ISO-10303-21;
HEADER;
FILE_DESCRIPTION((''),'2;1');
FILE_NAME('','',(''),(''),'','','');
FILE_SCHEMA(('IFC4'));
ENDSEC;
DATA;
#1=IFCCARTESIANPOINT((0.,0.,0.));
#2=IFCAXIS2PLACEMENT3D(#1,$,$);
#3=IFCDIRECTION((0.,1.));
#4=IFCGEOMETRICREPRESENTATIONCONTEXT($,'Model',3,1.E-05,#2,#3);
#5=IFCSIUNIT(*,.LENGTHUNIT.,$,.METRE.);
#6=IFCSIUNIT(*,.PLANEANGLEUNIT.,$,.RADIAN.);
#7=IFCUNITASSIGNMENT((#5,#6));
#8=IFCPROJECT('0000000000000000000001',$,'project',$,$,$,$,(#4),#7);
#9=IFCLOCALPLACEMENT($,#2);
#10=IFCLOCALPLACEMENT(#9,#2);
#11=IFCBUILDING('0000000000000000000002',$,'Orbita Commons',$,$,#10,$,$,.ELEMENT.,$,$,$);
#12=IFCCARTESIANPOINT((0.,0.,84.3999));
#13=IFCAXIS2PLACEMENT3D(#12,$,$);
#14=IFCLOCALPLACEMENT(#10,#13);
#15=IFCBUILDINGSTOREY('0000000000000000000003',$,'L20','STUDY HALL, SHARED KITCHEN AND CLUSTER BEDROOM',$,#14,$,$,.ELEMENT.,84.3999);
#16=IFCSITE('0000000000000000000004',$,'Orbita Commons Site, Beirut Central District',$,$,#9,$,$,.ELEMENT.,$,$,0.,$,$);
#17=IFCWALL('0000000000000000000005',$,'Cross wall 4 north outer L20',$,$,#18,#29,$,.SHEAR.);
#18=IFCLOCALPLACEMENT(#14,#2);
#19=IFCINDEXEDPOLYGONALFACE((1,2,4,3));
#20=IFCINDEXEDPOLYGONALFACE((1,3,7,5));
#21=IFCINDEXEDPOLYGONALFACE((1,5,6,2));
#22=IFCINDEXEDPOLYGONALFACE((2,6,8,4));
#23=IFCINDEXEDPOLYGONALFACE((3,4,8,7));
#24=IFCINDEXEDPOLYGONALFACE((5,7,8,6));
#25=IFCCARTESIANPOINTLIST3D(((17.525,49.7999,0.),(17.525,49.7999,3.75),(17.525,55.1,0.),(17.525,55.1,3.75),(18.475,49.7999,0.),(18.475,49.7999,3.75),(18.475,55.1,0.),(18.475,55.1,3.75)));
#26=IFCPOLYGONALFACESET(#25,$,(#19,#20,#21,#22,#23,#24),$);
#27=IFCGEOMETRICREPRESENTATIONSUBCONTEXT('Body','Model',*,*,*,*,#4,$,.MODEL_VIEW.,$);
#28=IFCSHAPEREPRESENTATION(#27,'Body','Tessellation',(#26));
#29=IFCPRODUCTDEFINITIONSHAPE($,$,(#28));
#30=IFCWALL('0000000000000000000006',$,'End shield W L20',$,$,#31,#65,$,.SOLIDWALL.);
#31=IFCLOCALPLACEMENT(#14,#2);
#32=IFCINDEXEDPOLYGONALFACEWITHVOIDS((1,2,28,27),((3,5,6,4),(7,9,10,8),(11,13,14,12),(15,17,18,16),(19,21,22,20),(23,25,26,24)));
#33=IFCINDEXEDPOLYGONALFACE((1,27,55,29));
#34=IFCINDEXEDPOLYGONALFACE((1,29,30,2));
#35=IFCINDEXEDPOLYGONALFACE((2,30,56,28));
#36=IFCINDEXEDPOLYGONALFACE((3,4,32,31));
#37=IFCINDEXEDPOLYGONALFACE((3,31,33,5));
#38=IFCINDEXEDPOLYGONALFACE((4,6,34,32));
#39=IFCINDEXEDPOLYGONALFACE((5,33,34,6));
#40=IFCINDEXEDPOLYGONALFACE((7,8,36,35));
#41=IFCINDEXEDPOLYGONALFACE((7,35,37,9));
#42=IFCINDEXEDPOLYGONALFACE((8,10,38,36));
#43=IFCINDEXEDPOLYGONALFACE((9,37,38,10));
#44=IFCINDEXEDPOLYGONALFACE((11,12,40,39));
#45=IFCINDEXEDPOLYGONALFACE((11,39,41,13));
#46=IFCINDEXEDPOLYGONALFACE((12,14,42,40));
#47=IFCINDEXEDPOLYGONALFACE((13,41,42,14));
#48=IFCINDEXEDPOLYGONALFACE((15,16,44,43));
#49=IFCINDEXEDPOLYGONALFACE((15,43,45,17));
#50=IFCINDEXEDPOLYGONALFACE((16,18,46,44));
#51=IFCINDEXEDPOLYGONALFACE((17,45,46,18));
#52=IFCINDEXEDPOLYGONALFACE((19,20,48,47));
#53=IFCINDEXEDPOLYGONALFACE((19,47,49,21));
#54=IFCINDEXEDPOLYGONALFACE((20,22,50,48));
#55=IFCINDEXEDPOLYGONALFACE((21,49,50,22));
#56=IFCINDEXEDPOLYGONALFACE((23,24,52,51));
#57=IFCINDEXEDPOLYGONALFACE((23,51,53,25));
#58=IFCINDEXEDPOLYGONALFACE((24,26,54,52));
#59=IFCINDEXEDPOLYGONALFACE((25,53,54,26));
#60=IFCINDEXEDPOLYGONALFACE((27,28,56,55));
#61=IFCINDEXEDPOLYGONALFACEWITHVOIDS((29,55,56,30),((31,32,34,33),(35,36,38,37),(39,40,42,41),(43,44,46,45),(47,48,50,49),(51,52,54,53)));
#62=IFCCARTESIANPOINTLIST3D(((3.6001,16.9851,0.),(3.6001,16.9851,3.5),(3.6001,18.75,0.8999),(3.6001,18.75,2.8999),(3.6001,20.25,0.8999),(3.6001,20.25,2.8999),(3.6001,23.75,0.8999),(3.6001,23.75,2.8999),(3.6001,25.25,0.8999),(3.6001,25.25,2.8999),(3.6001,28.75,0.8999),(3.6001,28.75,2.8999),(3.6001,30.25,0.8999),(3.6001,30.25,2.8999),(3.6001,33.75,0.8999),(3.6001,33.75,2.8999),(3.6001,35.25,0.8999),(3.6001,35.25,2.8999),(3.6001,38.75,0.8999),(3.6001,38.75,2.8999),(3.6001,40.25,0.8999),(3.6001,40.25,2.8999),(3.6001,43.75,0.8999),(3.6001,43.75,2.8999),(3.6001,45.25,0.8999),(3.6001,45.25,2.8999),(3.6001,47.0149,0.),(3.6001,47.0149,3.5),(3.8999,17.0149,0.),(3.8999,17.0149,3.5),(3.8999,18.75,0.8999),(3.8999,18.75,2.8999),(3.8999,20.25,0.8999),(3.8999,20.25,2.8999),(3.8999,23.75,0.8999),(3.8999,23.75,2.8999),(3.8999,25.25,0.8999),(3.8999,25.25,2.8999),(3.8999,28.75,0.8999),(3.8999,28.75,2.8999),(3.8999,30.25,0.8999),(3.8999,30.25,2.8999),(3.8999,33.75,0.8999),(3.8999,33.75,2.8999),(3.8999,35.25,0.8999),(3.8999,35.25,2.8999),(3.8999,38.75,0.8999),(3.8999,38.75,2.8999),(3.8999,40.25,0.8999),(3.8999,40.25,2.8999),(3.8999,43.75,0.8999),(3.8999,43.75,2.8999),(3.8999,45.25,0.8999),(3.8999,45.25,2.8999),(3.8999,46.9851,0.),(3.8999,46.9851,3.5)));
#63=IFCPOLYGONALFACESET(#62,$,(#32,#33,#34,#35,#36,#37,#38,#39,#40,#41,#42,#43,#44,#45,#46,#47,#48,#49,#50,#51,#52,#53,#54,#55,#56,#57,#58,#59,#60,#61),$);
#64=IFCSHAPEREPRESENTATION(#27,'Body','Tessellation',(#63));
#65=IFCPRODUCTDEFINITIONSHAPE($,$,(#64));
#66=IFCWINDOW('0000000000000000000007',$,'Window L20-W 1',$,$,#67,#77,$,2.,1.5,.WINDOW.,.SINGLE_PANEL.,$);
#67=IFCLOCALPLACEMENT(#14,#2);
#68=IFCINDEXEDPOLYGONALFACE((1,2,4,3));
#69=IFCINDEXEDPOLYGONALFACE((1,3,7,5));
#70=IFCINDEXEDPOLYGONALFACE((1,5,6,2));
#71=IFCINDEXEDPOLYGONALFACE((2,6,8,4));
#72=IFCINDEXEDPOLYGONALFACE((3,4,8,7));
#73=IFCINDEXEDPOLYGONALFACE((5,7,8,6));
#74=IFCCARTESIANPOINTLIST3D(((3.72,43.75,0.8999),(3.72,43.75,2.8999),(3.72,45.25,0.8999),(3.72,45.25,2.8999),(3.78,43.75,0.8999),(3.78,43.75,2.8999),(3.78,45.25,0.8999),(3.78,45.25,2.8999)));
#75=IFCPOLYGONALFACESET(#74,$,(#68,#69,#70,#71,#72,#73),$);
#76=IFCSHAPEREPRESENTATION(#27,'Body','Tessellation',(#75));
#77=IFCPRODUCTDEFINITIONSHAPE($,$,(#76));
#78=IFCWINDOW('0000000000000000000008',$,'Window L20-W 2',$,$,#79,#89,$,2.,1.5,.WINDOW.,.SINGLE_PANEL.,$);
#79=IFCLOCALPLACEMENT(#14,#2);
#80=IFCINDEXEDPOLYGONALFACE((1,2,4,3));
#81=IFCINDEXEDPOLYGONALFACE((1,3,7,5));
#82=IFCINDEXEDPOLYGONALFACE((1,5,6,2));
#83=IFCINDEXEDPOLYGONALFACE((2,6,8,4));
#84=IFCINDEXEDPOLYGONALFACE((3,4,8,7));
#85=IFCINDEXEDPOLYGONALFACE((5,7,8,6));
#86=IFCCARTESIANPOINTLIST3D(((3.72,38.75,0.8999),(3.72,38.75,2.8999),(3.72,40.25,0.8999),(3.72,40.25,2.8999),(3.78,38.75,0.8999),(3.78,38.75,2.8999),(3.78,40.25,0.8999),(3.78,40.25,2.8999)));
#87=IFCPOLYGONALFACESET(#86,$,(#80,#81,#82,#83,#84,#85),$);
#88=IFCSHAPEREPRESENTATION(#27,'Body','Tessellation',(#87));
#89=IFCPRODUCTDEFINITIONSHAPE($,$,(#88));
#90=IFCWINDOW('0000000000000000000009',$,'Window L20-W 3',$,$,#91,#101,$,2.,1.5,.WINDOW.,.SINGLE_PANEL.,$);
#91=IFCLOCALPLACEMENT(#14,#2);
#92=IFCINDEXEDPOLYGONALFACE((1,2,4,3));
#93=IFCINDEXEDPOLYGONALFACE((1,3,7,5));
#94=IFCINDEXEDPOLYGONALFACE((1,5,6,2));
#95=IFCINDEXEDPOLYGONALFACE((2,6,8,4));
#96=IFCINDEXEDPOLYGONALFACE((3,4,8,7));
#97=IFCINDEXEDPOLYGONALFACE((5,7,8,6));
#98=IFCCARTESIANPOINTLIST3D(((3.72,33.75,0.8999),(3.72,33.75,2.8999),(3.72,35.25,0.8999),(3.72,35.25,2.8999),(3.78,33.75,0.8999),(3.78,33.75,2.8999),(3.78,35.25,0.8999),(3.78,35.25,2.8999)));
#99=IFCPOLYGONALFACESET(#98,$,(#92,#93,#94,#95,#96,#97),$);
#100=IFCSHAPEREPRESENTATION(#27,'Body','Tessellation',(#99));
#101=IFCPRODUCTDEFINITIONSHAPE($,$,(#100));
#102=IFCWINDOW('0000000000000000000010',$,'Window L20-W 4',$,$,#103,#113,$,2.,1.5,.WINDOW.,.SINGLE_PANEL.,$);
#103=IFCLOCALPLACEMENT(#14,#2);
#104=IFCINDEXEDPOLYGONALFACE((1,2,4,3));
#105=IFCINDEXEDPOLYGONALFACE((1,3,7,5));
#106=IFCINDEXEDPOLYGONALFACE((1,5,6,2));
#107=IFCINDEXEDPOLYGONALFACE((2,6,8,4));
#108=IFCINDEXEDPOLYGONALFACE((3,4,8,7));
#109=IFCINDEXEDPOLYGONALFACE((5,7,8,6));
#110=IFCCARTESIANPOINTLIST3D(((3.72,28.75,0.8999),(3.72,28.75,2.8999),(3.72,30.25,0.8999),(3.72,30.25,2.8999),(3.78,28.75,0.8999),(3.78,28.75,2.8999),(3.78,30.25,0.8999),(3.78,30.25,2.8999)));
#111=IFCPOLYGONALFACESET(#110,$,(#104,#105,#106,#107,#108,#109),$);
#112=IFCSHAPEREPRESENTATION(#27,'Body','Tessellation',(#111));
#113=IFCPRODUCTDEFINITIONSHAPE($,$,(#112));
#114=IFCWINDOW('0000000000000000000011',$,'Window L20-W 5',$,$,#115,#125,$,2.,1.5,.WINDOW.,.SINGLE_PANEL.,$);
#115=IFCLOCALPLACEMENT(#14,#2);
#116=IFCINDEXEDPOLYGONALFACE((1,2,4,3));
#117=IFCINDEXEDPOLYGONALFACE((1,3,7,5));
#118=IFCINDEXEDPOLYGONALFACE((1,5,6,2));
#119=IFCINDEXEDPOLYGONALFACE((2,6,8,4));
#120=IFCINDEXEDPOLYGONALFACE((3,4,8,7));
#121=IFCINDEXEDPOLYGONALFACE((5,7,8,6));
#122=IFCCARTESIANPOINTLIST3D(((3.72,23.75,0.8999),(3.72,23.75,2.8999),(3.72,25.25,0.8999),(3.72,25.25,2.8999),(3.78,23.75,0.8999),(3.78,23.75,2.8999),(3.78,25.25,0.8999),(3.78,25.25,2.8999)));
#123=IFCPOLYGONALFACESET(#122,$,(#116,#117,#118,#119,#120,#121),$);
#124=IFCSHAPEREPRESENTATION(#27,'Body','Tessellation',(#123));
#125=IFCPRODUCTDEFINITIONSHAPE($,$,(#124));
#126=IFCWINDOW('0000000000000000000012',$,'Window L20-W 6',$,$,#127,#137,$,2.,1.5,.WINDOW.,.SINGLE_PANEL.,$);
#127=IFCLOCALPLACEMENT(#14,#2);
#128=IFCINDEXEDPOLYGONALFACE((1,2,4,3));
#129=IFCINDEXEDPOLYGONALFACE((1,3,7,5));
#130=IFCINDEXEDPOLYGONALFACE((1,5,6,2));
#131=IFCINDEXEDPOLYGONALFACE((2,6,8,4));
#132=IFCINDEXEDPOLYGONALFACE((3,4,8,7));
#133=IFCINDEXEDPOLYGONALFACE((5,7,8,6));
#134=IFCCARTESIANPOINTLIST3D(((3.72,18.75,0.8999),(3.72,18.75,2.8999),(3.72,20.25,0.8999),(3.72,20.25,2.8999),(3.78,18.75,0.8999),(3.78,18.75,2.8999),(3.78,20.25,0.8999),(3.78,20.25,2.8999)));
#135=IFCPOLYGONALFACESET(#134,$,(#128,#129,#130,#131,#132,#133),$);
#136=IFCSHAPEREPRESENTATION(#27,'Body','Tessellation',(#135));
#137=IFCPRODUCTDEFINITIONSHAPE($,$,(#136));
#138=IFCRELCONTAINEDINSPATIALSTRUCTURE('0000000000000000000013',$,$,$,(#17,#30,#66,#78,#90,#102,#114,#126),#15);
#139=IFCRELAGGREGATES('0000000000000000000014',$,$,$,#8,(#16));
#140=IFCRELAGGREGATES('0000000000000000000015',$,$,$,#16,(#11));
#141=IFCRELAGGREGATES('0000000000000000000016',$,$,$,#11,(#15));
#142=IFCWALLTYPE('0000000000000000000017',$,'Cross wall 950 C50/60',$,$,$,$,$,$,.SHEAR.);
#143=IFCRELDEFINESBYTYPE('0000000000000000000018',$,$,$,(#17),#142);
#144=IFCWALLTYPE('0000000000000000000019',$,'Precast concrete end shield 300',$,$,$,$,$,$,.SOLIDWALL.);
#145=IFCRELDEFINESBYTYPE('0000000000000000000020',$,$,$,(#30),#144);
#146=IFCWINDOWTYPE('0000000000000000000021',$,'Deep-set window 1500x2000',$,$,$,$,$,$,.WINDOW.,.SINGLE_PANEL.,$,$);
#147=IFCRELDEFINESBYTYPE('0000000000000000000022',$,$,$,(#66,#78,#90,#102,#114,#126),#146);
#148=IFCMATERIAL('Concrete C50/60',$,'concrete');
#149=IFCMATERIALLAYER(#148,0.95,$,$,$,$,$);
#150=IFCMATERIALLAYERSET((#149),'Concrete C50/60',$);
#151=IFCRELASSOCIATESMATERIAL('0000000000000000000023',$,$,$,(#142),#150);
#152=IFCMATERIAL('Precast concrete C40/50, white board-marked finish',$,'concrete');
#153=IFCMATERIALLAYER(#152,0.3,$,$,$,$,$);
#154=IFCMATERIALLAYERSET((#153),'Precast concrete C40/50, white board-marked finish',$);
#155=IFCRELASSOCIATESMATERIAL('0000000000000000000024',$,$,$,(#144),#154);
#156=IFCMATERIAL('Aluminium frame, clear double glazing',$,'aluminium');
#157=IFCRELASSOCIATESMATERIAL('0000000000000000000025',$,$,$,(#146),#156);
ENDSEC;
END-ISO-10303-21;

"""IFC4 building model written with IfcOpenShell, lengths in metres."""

from ifc_helpers import new_model, si_unit, direction, frame, frame_2d, origin, place, context, subcontext, project, spatial, polyline, rectangle, outline, extrude, material, layer, layer_set, type_object, element, fill, save


model = new_model("IFC4")

# Units and contexts
model_context = context("Model", 3, precision=1e-05, world=origin(), true_north=direction((0.0, 1.0)))
body_context = subcontext(model_context, "Body", "Model", "MODEL_VIEW")
ifc_project = project(units=[si_unit("LENGTHUNIT", "METRE"), si_unit("PLANEANGLEUNIT", "RADIAN")], contexts=[model_context])

# Site, building, storey
site_placement = place(None, origin())
site = spatial("IfcSite", under=ifc_project, at=site_placement, Name="Orbita Commons Site, Beirut Central District", CompositionType="ELEMENT", RefElevation=0.0)
building_placement = place(site_placement, origin())
building = spatial("IfcBuilding", under=site, at=building_placement, Name="Orbita Commons", CompositionType="ELEMENT")
storey_placement = place(building_placement, frame((0.0, 0.0, 84.3999)))
storey = spatial("IfcBuildingStorey", under=building, at=storey_placement, Name="L20", Description="STUDY HALL, SHARED KITCHEN AND CLUSTER BEDROOM", CompositionType="ELEMENT", Elevation=84.3999)

# Wall
ifc_material_1 = material(Name="Concrete C50/60", Category="concrete")
ifc_layer_1 = layer(ifc_material_1, 0.95)
ifc_layer_set_1 = layer_set([ifc_layer_1], Name="Concrete C50/60")
wall_type_1 = type_object("IfcWallType", Name="Cross wall 950 C50/60", PredefinedType="SHEAR", material=ifc_layer_set_1)
for number, where, z_axis, x_axis, name in (
    (1, (18.0, 49.8, 0.0), (0.0, 0.0, 1.0), (0.0, 1.0, 0.0), "Cross wall 4 north outer L20"),
):
    element("IfcWall", number, at=place(storey_placement, frame(where, z_axis=z_axis, x_axis=x_axis)), inside=storey, type_object=wall_type_1, Name=name, PredefinedType="SHEAR", context=body_context, shape_type="SweptSolid", body=[
        extrude(rectangle(XDim=5.3, YDim=0.95, at=frame_2d((2.6499, 0.0))), origin(), (0.0, 0.0, 1.0), 3.75),
    ])

# Wall, openings, windows
ifc_material_2 = material(Name="Precast concrete C40/50, white board-marked finish", Category="concrete")
ifc_layer_2 = layer(ifc_material_2, 0.3)
ifc_layer_set_2 = layer_set([ifc_layer_2], Name="Precast concrete C40/50, white board-marked finish")
wall_type_2 = type_object("IfcWallType", Name="Precast concrete end shield 300", PredefinedType="SOLIDWALL", material=ifc_layer_set_2)
wall_1_placement = place(storey_placement, frame((3.75, 47.0, 0.0), z_axis=(0.0, 0.0, 1.0), x_axis=(0.0, -1.0, 0.0)))
wall_1 = element("IfcWall", 2, at=wall_1_placement, inside=storey, type_object=wall_type_2, Name="End shield W L20", PredefinedType="SOLIDWALL", context=body_context, shape_type="SweptSolid", body=[
    extrude(outline(polyline([(-0.0149, -0.1499), (30.0149, -0.1499), (29.9851, 0.1499), (0.0149, 0.1499), (-0.0149, -0.1499)])), origin(), (0.0, 0.0, 1.0), 3.5),
])
opening_1_placement = place(wall_1_placement, frame((1.75, 0.0, 0.8999)))
opening_1 = element("IfcOpeningElement", 3, at=opening_1_placement, cuts=wall_1, PredefinedType="OPENING", context=body_context, shape_type="SweptSolid", body=[
    extrude(rectangle(XDim=1.5, YDim=2.0, at=frame_2d((0.75, 1.0))), frame((0.0, 0.1599, 0.0), z_axis=(0.0, -1.0, 0.0), x_axis=(1.0, 0.0, 0.0)), (0.0, 0.0, 1.0), 0.3201),
])
opening_2_placement = place(wall_1_placement, frame((6.75, 0.0, 0.8999)))
opening_2 = element("IfcOpeningElement", 4, at=opening_2_placement, cuts=wall_1, PredefinedType="OPENING", context=body_context, shape_type="SweptSolid", body=[
    extrude(rectangle(XDim=1.5, YDim=2.0, at=frame_2d((0.75, 1.0))), frame((0.0, 0.1599, 0.0), z_axis=(0.0, -1.0, 0.0), x_axis=(1.0, 0.0, 0.0)), (0.0, 0.0, 1.0), 0.3201),
])
opening_3_placement = place(wall_1_placement, frame((11.75, 0.0, 0.8999)))
opening_3 = element("IfcOpeningElement", 5, at=opening_3_placement, cuts=wall_1, PredefinedType="OPENING", context=body_context, shape_type="SweptSolid", body=[
    extrude(rectangle(XDim=1.5, YDim=2.0, at=frame_2d((0.75, 1.0))), frame((0.0, 0.1599, 0.0), z_axis=(0.0, -1.0, 0.0), x_axis=(1.0, 0.0, 0.0)), (0.0, 0.0, 1.0), 0.3201),
])
opening_4_placement = place(wall_1_placement, frame((16.75, 0.0, 0.8999)))
opening_4 = element("IfcOpeningElement", 6, at=opening_4_placement, cuts=wall_1, PredefinedType="OPENING", context=body_context, shape_type="SweptSolid", body=[
    extrude(rectangle(XDim=1.5, YDim=2.0, at=frame_2d((0.75, 1.0))), frame((0.0, 0.1599, 0.0), z_axis=(0.0, -1.0, 0.0), x_axis=(1.0, 0.0, 0.0)), (0.0, 0.0, 1.0), 0.3201),
])
opening_5_placement = place(wall_1_placement, frame((21.75, 0.0, 0.8999)))
opening_5 = element("IfcOpeningElement", 7, at=opening_5_placement, cuts=wall_1, PredefinedType="OPENING", context=body_context, shape_type="SweptSolid", body=[
    extrude(rectangle(XDim=1.5, YDim=2.0, at=frame_2d((0.75, 1.0))), frame((0.0, 0.1599, 0.0), z_axis=(0.0, -1.0, 0.0), x_axis=(1.0, 0.0, 0.0)), (0.0, 0.0, 1.0), 0.3201),
])
opening_6_placement = place(wall_1_placement, frame((26.75, 0.0, 0.8999)))
opening_6 = element("IfcOpeningElement", 8, at=opening_6_placement, cuts=wall_1, PredefinedType="OPENING", context=body_context, shape_type="SweptSolid", body=[
    extrude(rectangle(XDim=1.5, YDim=2.0, at=frame_2d((0.75, 1.0))), frame((0.0, 0.1599, 0.0), z_axis=(0.0, -1.0, 0.0), x_axis=(1.0, 0.0, 0.0)), (0.0, 0.0, 1.0), 0.3201),
])
ifc_material_3 = material(Name="Aluminium frame, clear double glazing", Category="aluminium")
window_type = type_object("IfcWindowType", Name="Deep-set window 1500x2000", PartitioningType="SINGLE_PANEL", PredefinedType="WINDOW", material=ifc_material_3)
window_1_placement = place(opening_1_placement, origin())
window_1 = element("IfcWindow", 9, at=window_1_placement, inside=storey, type_object=window_type, Name="Window L20-W 1", OverallHeight=2.0, OverallWidth=1.5, PartitioningType="SINGLE_PANEL", PredefinedType="WINDOW", context=body_context, shape_type="SweptSolid", body=[
    extrude(rectangle(XDim=1.5, YDim=2.0, at=frame_2d((0.75, 1.0))), frame((0.0, 0.03, 0.0), z_axis=(0.0, -1.0, 0.0), x_axis=(1.0, 0.0, 0.0)), (0.0, 0.0, 1.0), 0.0601),
])
fill(opening_1, window_1)
window_2_placement = place(opening_2_placement, origin())
window_2 = element("IfcWindow", 10, at=window_2_placement, inside=storey, type_object=window_type, Name="Window L20-W 2", OverallHeight=2.0, OverallWidth=1.5, PartitioningType="SINGLE_PANEL", PredefinedType="WINDOW", context=body_context, shape_type="SweptSolid", body=[
    extrude(rectangle(XDim=1.5, YDim=2.0, at=frame_2d((0.75, 1.0))), frame((0.0, 0.03, 0.0), z_axis=(0.0, -1.0, 0.0), x_axis=(1.0, 0.0, 0.0)), (0.0, 0.0, 1.0), 0.0601),
])
fill(opening_2, window_2)
window_3_placement = place(opening_3_placement, origin())
window_3 = element("IfcWindow", 11, at=window_3_placement, inside=storey, type_object=window_type, Name="Window L20-W 3", OverallHeight=2.0, OverallWidth=1.5, PartitioningType="SINGLE_PANEL", PredefinedType="WINDOW", context=body_context, shape_type="SweptSolid", body=[
    extrude(rectangle(XDim=1.5, YDim=2.0, at=frame_2d((0.75, 1.0))), frame((0.0, 0.03, 0.0), z_axis=(0.0, -1.0, 0.0), x_axis=(1.0, 0.0, 0.0)), (0.0, 0.0, 1.0), 0.0601),
])
fill(opening_3, window_3)
window_4_placement = place(opening_4_placement, origin())
window_4 = element("IfcWindow", 12, at=window_4_placement, inside=storey, type_object=window_type, Name="Window L20-W 4", OverallHeight=2.0, OverallWidth=1.5, PartitioningType="SINGLE_PANEL", PredefinedType="WINDOW", context=body_context, shape_type="SweptSolid", body=[
    extrude(rectangle(XDim=1.5, YDim=2.0, at=frame_2d((0.75, 1.0))), frame((0.0, 0.03, 0.0), z_axis=(0.0, -1.0, 0.0), x_axis=(1.0, 0.0, 0.0)), (0.0, 0.0, 1.0), 0.0601),
])
fill(opening_4, window_4)
window_5_placement = place(opening_5_placement, origin())
window_5 = element("IfcWindow", 13, at=window_5_placement, inside=storey, type_object=window_type, Name="Window L20-W 5", OverallHeight=2.0, OverallWidth=1.5, PartitioningType="SINGLE_PANEL", PredefinedType="WINDOW", context=body_context, shape_type="SweptSolid", body=[
    extrude(rectangle(XDim=1.5, YDim=2.0, at=frame_2d((0.75, 1.0))), frame((0.0, 0.03, 0.0), z_axis=(0.0, -1.0, 0.0), x_axis=(1.0, 0.0, 0.0)), (0.0, 0.0, 1.0), 0.0601),
])
fill(opening_5, window_5)
window_6_placement = place(opening_6_placement, origin())
window_6 = element("IfcWindow", 14, at=window_6_placement, inside=storey, type_object=window_type, Name="Window L20-W 6", OverallHeight=2.0, OverallWidth=1.5, PartitioningType="SINGLE_PANEL", PredefinedType="WINDOW", context=body_context, shape_type="SweptSolid", body=[
    extrude(rectangle(XDim=1.5, YDim=2.0, at=frame_2d((0.75, 1.0))), frame((0.0, 0.03, 0.0), z_axis=(0.0, -1.0, 0.0), x_axis=(1.0, 0.0, 0.0)), (0.0, 0.0, 1.0), 0.0601),
])
fill(opening_6, window_6)

save(model, "model.ifc")
